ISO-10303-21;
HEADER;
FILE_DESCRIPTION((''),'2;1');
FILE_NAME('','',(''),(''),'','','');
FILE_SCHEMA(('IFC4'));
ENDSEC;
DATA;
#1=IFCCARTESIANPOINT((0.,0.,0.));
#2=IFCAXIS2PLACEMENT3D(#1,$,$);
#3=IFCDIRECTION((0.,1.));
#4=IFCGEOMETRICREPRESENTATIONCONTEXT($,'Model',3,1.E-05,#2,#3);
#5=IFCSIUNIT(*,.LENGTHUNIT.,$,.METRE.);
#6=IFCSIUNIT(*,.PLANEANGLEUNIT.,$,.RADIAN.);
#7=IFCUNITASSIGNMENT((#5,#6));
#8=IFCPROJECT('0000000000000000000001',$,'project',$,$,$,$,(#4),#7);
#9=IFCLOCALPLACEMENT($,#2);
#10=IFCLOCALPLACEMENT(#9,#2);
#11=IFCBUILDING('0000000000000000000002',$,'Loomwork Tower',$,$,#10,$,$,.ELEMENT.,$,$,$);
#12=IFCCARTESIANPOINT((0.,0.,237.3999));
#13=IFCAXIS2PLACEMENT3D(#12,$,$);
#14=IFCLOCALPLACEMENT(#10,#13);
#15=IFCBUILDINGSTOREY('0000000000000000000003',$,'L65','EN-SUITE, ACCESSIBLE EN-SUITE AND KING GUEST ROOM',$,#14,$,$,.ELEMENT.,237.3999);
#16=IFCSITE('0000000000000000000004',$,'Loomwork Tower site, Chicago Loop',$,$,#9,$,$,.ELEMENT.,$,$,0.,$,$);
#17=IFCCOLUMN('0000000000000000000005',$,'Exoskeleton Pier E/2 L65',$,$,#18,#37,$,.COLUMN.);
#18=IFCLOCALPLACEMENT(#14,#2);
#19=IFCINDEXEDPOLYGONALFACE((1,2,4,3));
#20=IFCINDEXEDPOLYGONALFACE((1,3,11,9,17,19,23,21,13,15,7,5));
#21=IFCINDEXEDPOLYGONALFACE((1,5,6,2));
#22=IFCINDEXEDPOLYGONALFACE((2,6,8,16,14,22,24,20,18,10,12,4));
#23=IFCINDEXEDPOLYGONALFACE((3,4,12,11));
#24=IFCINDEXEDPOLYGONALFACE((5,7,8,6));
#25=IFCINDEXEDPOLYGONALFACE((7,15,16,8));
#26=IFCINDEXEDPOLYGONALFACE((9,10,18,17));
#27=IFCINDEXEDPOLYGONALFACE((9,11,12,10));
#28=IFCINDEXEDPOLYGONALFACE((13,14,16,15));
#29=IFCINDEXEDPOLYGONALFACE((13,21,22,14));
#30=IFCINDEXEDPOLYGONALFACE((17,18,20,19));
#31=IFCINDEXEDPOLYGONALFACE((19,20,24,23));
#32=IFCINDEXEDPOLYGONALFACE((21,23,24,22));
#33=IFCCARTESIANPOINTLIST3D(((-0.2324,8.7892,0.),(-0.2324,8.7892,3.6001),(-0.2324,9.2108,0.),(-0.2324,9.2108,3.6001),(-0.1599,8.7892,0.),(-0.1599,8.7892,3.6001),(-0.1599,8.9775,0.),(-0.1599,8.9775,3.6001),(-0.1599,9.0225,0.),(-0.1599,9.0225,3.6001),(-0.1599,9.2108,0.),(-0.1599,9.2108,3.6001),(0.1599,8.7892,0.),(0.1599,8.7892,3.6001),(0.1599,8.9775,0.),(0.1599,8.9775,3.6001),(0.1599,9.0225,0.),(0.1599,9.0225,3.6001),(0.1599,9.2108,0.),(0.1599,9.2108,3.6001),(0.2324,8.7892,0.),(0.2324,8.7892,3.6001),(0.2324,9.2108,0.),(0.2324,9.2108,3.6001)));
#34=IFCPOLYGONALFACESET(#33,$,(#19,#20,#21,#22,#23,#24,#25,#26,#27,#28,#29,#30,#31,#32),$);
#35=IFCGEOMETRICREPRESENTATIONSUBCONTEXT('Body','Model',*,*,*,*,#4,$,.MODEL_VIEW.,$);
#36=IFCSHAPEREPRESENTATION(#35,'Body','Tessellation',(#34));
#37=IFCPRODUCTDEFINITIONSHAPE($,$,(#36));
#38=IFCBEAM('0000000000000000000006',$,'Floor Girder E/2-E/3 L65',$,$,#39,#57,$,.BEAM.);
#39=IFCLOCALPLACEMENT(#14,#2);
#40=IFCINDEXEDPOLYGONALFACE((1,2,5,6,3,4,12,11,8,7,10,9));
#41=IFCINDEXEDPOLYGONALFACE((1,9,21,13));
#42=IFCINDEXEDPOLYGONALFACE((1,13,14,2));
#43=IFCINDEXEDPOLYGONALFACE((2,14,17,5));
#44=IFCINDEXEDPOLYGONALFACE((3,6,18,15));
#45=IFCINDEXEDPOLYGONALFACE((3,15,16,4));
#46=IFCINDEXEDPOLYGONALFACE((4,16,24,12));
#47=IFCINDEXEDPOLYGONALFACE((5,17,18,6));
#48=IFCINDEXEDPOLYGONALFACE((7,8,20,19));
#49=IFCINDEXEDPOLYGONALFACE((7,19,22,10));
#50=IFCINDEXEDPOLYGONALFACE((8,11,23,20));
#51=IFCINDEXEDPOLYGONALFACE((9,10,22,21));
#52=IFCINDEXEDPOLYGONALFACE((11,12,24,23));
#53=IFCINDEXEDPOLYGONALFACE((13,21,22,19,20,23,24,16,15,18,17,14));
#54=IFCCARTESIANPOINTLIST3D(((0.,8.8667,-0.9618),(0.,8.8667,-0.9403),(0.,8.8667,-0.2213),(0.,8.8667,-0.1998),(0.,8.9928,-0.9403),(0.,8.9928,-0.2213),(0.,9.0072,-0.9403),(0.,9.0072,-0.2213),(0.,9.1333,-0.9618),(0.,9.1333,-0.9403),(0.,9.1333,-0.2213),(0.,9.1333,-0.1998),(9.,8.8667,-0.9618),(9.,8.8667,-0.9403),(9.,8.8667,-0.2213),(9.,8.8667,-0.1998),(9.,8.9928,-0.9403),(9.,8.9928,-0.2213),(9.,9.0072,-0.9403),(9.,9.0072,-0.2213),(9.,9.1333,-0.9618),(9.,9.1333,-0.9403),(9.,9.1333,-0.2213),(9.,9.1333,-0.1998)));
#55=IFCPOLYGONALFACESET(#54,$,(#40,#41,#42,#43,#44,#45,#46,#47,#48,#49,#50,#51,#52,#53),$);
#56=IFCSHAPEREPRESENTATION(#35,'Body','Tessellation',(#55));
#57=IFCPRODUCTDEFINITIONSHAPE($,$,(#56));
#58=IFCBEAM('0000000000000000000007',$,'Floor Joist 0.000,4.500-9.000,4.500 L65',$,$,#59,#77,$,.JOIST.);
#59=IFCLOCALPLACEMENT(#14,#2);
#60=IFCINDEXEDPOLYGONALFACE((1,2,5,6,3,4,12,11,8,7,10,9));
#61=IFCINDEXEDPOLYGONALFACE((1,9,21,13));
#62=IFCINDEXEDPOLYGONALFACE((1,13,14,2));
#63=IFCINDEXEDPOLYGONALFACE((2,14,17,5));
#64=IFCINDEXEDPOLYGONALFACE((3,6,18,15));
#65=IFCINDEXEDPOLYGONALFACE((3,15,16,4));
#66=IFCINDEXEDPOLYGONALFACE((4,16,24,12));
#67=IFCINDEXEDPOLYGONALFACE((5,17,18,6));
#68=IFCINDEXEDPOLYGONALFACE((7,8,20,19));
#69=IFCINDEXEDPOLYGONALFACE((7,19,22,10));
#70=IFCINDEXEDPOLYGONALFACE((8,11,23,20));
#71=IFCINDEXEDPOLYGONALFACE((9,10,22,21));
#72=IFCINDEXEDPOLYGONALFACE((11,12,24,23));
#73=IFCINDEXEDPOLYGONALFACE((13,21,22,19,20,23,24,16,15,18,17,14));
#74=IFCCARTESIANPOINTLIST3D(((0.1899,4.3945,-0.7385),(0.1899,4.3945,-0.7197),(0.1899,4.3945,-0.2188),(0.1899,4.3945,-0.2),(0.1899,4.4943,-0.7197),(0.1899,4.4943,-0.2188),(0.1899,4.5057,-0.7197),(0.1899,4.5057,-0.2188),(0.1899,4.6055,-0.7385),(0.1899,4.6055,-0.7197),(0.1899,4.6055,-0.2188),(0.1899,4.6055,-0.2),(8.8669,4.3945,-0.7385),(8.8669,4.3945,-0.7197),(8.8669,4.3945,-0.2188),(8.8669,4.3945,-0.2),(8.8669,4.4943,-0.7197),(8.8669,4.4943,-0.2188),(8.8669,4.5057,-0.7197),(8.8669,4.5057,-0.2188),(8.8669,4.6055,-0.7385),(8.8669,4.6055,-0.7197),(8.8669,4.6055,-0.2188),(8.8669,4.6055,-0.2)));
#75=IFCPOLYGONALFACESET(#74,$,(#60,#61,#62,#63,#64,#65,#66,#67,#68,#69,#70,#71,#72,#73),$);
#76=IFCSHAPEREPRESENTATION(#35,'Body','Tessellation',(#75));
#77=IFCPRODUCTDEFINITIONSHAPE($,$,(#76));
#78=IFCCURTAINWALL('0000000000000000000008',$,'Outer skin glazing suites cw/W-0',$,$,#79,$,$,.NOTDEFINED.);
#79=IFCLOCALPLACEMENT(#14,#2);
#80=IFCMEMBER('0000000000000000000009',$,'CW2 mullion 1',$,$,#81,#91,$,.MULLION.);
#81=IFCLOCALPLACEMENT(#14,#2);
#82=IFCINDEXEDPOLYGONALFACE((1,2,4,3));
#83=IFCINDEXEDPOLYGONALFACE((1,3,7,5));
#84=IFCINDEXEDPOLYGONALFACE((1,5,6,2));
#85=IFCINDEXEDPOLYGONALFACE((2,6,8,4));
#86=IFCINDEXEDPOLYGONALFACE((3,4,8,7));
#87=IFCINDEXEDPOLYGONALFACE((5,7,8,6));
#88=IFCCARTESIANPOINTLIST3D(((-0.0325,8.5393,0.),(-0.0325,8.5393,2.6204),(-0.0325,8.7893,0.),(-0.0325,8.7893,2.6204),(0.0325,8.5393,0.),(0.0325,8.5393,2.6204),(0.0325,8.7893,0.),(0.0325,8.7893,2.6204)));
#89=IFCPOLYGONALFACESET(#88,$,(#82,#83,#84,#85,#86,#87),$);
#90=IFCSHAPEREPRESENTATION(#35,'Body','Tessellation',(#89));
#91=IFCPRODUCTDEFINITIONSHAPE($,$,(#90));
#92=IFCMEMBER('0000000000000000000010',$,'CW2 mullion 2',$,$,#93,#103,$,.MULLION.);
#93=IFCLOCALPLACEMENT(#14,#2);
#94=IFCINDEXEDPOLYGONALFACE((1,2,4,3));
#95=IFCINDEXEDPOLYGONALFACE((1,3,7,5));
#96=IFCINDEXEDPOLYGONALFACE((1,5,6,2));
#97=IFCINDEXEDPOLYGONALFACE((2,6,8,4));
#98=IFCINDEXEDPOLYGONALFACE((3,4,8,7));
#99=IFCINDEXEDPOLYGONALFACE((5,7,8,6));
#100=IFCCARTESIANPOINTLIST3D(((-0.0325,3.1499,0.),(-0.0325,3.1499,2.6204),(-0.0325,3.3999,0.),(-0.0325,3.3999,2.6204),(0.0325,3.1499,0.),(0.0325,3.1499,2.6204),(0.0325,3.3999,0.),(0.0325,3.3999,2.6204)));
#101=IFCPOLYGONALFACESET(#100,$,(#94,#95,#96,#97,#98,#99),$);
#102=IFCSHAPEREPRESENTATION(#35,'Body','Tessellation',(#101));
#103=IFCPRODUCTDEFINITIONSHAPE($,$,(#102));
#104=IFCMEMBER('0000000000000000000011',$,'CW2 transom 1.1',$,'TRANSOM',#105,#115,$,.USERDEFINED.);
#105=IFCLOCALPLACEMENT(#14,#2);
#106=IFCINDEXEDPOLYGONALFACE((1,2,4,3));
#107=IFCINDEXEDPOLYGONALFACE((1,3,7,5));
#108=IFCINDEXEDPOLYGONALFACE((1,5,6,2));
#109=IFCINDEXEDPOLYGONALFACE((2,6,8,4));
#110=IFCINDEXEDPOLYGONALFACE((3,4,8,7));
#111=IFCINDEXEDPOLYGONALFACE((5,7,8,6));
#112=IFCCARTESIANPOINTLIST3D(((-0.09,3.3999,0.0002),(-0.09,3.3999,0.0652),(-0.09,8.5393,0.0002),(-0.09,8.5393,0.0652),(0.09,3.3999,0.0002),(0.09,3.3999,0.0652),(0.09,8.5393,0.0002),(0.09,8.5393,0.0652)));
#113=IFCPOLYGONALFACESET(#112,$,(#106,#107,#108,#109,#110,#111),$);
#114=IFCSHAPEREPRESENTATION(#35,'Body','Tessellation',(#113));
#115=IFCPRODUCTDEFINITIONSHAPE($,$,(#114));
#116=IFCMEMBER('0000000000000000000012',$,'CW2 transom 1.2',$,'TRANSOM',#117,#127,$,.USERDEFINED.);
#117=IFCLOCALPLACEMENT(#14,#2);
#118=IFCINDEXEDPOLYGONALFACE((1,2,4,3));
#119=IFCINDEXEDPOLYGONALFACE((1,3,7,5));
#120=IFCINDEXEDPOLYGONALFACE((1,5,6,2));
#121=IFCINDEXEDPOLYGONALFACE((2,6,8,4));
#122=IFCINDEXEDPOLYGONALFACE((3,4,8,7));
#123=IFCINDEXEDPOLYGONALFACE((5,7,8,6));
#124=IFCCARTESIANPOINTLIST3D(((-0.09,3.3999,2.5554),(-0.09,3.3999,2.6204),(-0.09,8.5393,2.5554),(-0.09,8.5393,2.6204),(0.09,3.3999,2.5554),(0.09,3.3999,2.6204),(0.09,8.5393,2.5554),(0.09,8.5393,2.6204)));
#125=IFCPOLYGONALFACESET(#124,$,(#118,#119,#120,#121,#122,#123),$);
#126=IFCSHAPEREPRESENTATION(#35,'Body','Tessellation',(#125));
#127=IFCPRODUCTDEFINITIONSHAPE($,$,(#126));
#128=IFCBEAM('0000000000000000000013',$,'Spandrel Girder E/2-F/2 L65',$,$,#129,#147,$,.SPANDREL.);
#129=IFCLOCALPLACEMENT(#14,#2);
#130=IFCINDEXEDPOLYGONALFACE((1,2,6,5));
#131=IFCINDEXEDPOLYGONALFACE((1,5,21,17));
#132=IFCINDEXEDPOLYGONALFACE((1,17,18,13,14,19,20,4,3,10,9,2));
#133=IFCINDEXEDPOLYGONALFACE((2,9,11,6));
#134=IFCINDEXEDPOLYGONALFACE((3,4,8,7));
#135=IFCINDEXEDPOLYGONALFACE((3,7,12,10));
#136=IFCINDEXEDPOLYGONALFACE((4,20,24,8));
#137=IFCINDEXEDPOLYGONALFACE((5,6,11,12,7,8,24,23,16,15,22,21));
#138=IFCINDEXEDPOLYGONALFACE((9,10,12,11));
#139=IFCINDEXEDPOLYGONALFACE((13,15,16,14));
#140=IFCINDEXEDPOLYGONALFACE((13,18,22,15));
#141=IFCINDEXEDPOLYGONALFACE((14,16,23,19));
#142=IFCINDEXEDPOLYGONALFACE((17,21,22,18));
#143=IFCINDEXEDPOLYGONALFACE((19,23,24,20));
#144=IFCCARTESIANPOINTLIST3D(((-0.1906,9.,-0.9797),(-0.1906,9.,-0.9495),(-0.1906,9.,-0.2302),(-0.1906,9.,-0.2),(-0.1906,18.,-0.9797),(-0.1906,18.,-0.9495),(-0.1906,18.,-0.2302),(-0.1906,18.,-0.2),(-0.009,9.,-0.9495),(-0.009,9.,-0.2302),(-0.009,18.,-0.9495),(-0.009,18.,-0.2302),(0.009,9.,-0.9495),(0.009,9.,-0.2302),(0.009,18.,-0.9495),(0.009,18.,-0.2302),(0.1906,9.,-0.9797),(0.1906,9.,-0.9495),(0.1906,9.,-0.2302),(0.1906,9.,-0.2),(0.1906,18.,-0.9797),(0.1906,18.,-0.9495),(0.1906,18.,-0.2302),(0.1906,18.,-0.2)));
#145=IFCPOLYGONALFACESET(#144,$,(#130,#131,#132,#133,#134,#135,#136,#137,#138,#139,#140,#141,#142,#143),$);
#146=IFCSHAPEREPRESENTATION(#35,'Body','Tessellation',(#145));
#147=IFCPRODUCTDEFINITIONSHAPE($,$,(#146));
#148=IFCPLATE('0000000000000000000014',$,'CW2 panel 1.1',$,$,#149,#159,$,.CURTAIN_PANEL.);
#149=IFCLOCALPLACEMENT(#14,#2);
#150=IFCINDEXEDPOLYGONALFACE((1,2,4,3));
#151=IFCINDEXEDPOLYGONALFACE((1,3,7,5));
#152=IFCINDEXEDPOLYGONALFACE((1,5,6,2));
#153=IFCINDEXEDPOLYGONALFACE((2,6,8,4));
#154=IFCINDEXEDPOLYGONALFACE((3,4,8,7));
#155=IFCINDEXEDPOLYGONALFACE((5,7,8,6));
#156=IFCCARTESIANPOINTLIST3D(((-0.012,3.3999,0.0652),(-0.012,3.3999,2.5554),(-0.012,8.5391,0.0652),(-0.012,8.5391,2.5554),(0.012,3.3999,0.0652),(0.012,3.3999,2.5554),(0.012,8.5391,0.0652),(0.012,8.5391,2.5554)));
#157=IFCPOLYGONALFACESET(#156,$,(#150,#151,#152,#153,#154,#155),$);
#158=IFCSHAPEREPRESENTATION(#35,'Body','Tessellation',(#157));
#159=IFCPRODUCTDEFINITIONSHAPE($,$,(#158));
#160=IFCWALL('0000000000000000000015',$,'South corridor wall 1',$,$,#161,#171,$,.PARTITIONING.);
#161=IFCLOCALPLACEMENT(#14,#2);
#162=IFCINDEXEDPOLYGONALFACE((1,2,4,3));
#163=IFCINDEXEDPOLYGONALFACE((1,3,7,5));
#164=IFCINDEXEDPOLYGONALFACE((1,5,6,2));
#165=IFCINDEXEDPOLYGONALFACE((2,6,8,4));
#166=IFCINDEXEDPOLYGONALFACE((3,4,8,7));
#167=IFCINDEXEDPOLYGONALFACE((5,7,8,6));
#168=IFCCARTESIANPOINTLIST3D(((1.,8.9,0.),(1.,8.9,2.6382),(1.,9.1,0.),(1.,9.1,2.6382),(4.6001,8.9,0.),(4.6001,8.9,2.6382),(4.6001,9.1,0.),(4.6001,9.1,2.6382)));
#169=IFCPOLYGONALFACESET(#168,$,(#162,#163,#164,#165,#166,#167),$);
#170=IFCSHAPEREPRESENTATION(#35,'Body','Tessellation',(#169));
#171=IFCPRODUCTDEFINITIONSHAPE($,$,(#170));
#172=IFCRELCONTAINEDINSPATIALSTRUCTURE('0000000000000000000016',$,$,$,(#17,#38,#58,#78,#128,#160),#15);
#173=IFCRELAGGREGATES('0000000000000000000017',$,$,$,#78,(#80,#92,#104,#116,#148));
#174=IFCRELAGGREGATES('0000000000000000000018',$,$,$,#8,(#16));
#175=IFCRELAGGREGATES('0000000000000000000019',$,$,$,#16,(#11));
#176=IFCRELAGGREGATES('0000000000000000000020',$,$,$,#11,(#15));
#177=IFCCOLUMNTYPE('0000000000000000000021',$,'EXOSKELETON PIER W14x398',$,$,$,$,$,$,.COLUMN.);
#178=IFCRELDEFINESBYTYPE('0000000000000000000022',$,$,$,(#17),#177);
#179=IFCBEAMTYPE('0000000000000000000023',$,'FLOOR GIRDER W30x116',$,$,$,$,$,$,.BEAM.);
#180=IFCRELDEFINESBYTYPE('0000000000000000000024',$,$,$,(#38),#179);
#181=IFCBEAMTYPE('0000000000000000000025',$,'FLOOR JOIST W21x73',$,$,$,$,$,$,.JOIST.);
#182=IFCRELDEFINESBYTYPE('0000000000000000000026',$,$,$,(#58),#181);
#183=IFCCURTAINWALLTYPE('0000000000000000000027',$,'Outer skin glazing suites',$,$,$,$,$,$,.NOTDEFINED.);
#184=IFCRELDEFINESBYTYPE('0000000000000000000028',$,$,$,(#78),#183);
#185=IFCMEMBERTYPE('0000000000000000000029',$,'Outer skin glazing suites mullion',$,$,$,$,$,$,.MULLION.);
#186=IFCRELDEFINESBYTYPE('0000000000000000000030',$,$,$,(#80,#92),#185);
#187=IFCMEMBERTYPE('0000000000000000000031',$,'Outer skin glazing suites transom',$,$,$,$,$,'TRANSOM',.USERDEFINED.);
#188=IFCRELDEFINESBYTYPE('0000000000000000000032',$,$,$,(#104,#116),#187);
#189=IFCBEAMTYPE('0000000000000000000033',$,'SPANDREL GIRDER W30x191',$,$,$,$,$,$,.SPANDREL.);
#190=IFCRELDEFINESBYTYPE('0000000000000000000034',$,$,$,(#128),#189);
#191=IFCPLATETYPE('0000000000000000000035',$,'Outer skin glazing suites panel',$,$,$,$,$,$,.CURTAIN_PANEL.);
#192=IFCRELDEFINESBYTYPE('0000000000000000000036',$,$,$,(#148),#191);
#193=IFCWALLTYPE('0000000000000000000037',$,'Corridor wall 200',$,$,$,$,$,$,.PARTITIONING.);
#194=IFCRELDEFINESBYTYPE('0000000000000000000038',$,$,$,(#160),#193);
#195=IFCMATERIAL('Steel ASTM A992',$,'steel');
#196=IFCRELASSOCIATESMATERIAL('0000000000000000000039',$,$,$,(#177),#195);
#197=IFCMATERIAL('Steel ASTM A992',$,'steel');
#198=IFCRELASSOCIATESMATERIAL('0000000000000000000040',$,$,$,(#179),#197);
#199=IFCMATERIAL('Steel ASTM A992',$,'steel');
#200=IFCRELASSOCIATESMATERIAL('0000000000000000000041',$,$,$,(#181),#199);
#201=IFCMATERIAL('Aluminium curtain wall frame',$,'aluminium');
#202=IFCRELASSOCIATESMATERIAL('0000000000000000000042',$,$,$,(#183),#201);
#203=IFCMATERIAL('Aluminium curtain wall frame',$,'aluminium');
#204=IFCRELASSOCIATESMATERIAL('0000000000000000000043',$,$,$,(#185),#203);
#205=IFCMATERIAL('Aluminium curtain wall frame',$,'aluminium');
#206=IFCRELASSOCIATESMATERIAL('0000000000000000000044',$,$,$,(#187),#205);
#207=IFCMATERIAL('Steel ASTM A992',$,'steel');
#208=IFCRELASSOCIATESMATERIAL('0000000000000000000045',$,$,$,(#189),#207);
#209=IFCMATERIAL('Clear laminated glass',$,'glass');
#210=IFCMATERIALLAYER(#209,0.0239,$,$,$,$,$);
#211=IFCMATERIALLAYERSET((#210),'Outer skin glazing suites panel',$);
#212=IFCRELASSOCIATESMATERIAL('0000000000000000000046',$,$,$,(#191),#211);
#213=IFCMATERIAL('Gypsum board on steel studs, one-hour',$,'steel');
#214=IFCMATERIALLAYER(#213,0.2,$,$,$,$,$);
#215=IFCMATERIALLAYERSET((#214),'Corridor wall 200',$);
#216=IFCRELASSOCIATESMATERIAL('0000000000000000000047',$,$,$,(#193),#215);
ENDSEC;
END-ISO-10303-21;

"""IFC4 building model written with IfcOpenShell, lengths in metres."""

from ifc_helpers import new_model, si_unit, direction, frame, frame_2d, origin, origin_2d, place, context, subcontext, project, spatial, rectangle, i_section, extrude, material, layer, layer_set, material_profile, profile_set, type_object, element, aggregate, save


model = new_model("IFC4")

# Units and contexts
model_context = context("Model", 3, precision=1e-05, world=origin(), true_north=direction((0.0, 1.0)))
body_context = subcontext(model_context, "Body", "Model", "MODEL_VIEW")
ifc_project = project(units=[si_unit("LENGTHUNIT", "METRE"), si_unit("PLANEANGLEUNIT", "RADIAN")], contexts=[model_context])

# Site, building, storey
site_placement = place(None, origin())
site = spatial("IfcSite", under=ifc_project, at=site_placement, Name="Loomwork Tower site, Chicago Loop", CompositionType="ELEMENT", RefElevation=0.0)
building_placement = place(site_placement, origin())
building = spatial("IfcBuilding", under=site, at=building_placement, Name="Loomwork Tower", CompositionType="ELEMENT")
storey_placement = place(building_placement, frame((0.0, 0.0, 237.3999)))
storey = spatial("IfcBuildingStorey", under=building, at=storey_placement, Name="L65", Description="EN-SUITE, ACCESSIBLE EN-SUITE AND KING GUEST ROOM", CompositionType="ELEMENT", Elevation=237.3999)

# Column
ifc_material_1 = material(Name="Steel ASTM A992", Category="steel")
ifc_material_profile_1 = material_profile(ifc_material_1, i_section(OverallWidth=0.4216, OverallDepth=0.4648, WebThickness=0.0449, FlangeThickness=0.0725, at=origin_2d()), Name="W14x398")
ifc_profile_set_1 = profile_set([ifc_material_profile_1], Name="Steel ASTM A992")
column_type = type_object("IfcColumnType", Name="EXOSKELETON PIER W14x398", PredefinedType="COLUMN", material=ifc_profile_set_1)
column_placement = place(storey_placement, frame((0.0, 9.0, 0.0), z_axis=(0.0, 0.0, 1.0), x_axis=(0.0, 1.0, 0.0)))
element("IfcColumn", 1, at=column_placement, inside=storey, type_object=column_type, Name="Exoskeleton Pier E/2 L65", PredefinedType="COLUMN", context=body_context, shape_type="SweptSolid", body=[
    extrude(i_section(OverallWidth=0.4216, OverallDepth=0.4648, WebThickness=0.0449, FlangeThickness=0.0725, at=origin_2d()), origin(), (0.0, 0.0, 1.0), 3.6001),
])

# Beams
ifc_material_2 = material(Name="Steel ASTM A992", Category="steel")
ifc_material_profile_2 = material_profile(ifc_material_2, i_section(OverallWidth=0.2666, OverallDepth=0.762, WebThickness=0.0144, FlangeThickness=0.0215, at=origin_2d()), Name="W30x116")
ifc_profile_set_2 = profile_set([ifc_material_profile_2], Name="Steel ASTM A992")
beam_type_1 = type_object("IfcBeamType", Name="FLOOR GIRDER W30x116", PredefinedType="BEAM", material=ifc_profile_set_2)
beam_1_placement = place(storey_placement, frame((0.0, 9.0, -0.5808), z_axis=(1.0, 0.0, 0.0), x_axis=(0.0, 1.0, 0.0)))
element("IfcBeam", 2, at=beam_1_placement, inside=storey, type_object=beam_type_1, Name="Floor Girder E/2-E/3 L65", PredefinedType="BEAM", context=body_context, shape_type="SweptSolid", body=[
    extrude(i_section(OverallWidth=0.2666, OverallDepth=0.762, WebThickness=0.0144, FlangeThickness=0.0215, at=origin_2d()), origin(), (0.0, 0.0, 1.0), 9.0),
])
ifc_material_3 = material(Name="Steel ASTM A992", Category="steel")
ifc_material_profile_3 = material_profile(ifc_material_3, i_section(OverallWidth=0.2109, OverallDepth=0.5386, WebThickness=0.0115, FlangeThickness=0.0188, at=origin_2d()), Name="W21x73")
ifc_profile_set_3 = profile_set([ifc_material_profile_3], Name="Steel ASTM A992")
beam_type_2 = type_object("IfcBeamType", Name="FLOOR JOIST W21x73", PredefinedType="JOIST", material=ifc_profile_set_3)
beam_2_placement = place(storey_placement, frame((0.1899, 4.5, -0.4692), z_axis=(1.0, 0.0, 0.0), x_axis=(0.0, 1.0, 0.0)))
element("IfcBeam", 3, at=beam_2_placement, inside=storey, type_object=beam_type_2, Name="Floor Joist 0.000,4.500-9.000,4.500 L65", PredefinedType="JOIST", context=body_context, shape_type="SweptSolid", body=[
    extrude(i_section(OverallWidth=0.2109, OverallDepth=0.5386, WebThickness=0.0115, FlangeThickness=0.0188, at=origin_2d()), origin(), (0.0, 0.0, 1.0), 8.677),
])

# Curtain wall, members
ifc_material_4 = material(Name="Aluminium curtain wall frame", Category="aluminium")
curtain_wall_type = type_object("IfcCurtainWallType", Name="Outer skin glazing suites", PredefinedType="NOTDEFINED", material=ifc_material_4)
curtain_wall_placement = place(storey_placement, origin())
curtain_wall = element("IfcCurtainWall", 4, at=curtain_wall_placement, inside=storey, type_object=curtain_wall_type, Name="Outer skin glazing suites cw/W-0", PredefinedType="NOTDEFINED")
ifc_material_5 = material(Name="Aluminium curtain wall frame", Category="aluminium")
ifc_material_profile_4 = material_profile(ifc_material_5, rectangle(XDim=0.0649, YDim=0.25, at=origin_2d()), Name="AL 65x250")
ifc_profile_set_4 = profile_set([ifc_material_profile_4], Name="Aluminium curtain wall frame")
member_type_1 = type_object("IfcMemberType", Name="Outer skin glazing suites mullion", PredefinedType="MULLION", material=ifc_profile_set_4)
member_1_placement = place(storey_placement, frame((0.0, 8.6643, 0.0), z_axis=(0.0, 0.0, 1.0), x_axis=(1.0, 0.0, 0.0)))
member_1 = element("IfcMember", 5, at=member_1_placement, type_object=member_type_1, Name="CW2 mullion 1", PredefinedType="MULLION", context=body_context, shape_type="SweptSolid", body=[
    extrude(rectangle(XDim=0.0649, YDim=0.25, at=origin_2d()), origin(), (0.0, 0.0, 1.0), 2.6204),
])
member_2_placement = place(storey_placement, frame((0.0, 3.2749, 0.0), z_axis=(0.0, 0.0, 1.0), x_axis=(1.0, 0.0, 0.0)))
member_2 = element("IfcMember", 6, at=member_2_placement, type_object=member_type_1, Name="CW2 mullion 2", PredefinedType="MULLION", context=body_context, shape_type="SweptSolid", body=[
    extrude(rectangle(XDim=0.0649, YDim=0.25, at=origin_2d()), origin(), (0.0, 0.0, 1.0), 2.6204),
])
ifc_material_6 = material(Name="Aluminium curtain wall frame", Category="aluminium")
ifc_material_profile_5 = material_profile(ifc_material_6, rectangle(XDim=0.1799, YDim=0.0649, at=origin_2d()), Name="AL 65x180")
ifc_profile_set_5 = profile_set([ifc_material_profile_5], Name="Aluminium curtain wall frame")
member_type_2 = type_object("IfcMemberType", Name="Outer skin glazing suites transom", ElementType="TRANSOM", PredefinedType="USERDEFINED", material=ifc_profile_set_5)
member_3_placement = place(storey_placement, frame((0.0, 8.5393, 0.0327), z_axis=(0.0, -1.0, 0.0), x_axis=(1.0, 0.0, 0.0)))
member_3 = element("IfcMember", 7, at=member_3_placement, type_object=member_type_2, Name="CW2 transom 1.1", ObjectType="TRANSOM", PredefinedType="USERDEFINED", context=body_context, shape_type="SweptSolid", body=[
    extrude(rectangle(XDim=0.1799, YDim=0.0649, at=origin_2d()), origin(), (0.0, 0.0, 1.0), 5.1394),
])
member_4_placement = place(storey_placement, frame((0.0, 8.5393, 2.5879), z_axis=(0.0, -1.0, 0.0), x_axis=(1.0, 0.0, 0.0)))
member_4 = element("IfcMember", 8, at=member_4_placement, type_object=member_type_2, Name="CW2 transom 1.2", ObjectType="TRANSOM", PredefinedType="USERDEFINED", context=body_context, shape_type="SweptSolid", body=[
    extrude(rectangle(XDim=0.1799, YDim=0.0649, at=origin_2d()), origin(), (0.0, 0.0, 1.0), 5.1394),
])

# Beam
ifc_material_7 = material(Name="Steel ASTM A992", Category="steel")
ifc_material_profile_6 = material_profile(ifc_material_7, i_section(OverallWidth=0.3811, OverallDepth=0.7798, WebThickness=0.0181, FlangeThickness=0.0303, at=origin_2d()), Name="W30x191")
ifc_profile_set_6 = profile_set([ifc_material_profile_6], Name="Steel ASTM A992")
beam_type_3 = type_object("IfcBeamType", Name="SPANDREL GIRDER W30x191", PredefinedType="SPANDREL", material=ifc_profile_set_6)
beam_3_placement = place(storey_placement, frame((0.0, 9.0, -0.5898), z_axis=(0.0, 1.0, 0.0), x_axis=(-1.0, 0.0, 0.0)))
element("IfcBeam", 9, at=beam_3_placement, inside=storey, type_object=beam_type_3, Name="Spandrel Girder E/2-F/2 L65", PredefinedType="SPANDREL", context=body_context, shape_type="SweptSolid", body=[
    extrude(i_section(OverallWidth=0.3811, OverallDepth=0.7798, WebThickness=0.0181, FlangeThickness=0.0303, at=origin_2d()), origin(), (0.0, 0.0, 1.0), 9.0),
])

# Plate
ifc_material_8 = material(Name="Clear laminated glass", Category="glass")
ifc_layer_1 = layer(ifc_material_8, 0.0239)
ifc_layer_set_1 = layer_set([ifc_layer_1], Name="Outer skin glazing suites panel")
plate_type = type_object("IfcPlateType", Name="Outer skin glazing suites panel", PredefinedType="CURTAIN_PANEL", material=ifc_layer_set_1)
plate_placement = place(storey_placement, frame((0.0, 5.9695, 0.0652), z_axis=(0.0, 0.0, 1.0), x_axis=(0.0, -1.0, 0.0)))
plate = element("IfcPlate", 10, at=plate_placement, type_object=plate_type, Name="CW2 panel 1.1", PredefinedType="CURTAIN_PANEL", context=body_context, shape_type="SweptSolid", body=[
    extrude(rectangle(XDim=5.1392, YDim=0.0239, at=origin_2d()), origin(), (0.0, 0.0, 1.0), 2.4902),
])
aggregate(curtain_wall, [member_1, member_2, member_3, member_4, plate])

# Wall
ifc_material_9 = material(Name="Gypsum board on steel studs, one-hour", Category="steel")
ifc_layer_2 = layer(ifc_material_9, 0.2)
ifc_layer_set_2 = layer_set([ifc_layer_2], Name="Corridor wall 200")
wall_type_1 = type_object("IfcWallType", Name="Corridor wall 200", PredefinedType="PARTITIONING", material=ifc_layer_set_2)
wall_1_placement = place(storey_placement, frame((1.0, 9.0, 0.0), z_axis=(0.0, 0.0, 1.0), x_axis=(1.0, 0.0, 0.0)))
element("IfcWall", 11, at=wall_1_placement, inside=storey, type_object=wall_type_1, Name="South corridor wall 1", PredefinedType="PARTITIONING", context=body_context, shape_type="SweptSolid", body=[
    extrude(rectangle(XDim=3.6001, YDim=0.2, at=frame_2d((1.8, 0.0))), origin(), (0.0, 0.0, 1.0), 2.6382),
])

save(model, "model.ifc")
